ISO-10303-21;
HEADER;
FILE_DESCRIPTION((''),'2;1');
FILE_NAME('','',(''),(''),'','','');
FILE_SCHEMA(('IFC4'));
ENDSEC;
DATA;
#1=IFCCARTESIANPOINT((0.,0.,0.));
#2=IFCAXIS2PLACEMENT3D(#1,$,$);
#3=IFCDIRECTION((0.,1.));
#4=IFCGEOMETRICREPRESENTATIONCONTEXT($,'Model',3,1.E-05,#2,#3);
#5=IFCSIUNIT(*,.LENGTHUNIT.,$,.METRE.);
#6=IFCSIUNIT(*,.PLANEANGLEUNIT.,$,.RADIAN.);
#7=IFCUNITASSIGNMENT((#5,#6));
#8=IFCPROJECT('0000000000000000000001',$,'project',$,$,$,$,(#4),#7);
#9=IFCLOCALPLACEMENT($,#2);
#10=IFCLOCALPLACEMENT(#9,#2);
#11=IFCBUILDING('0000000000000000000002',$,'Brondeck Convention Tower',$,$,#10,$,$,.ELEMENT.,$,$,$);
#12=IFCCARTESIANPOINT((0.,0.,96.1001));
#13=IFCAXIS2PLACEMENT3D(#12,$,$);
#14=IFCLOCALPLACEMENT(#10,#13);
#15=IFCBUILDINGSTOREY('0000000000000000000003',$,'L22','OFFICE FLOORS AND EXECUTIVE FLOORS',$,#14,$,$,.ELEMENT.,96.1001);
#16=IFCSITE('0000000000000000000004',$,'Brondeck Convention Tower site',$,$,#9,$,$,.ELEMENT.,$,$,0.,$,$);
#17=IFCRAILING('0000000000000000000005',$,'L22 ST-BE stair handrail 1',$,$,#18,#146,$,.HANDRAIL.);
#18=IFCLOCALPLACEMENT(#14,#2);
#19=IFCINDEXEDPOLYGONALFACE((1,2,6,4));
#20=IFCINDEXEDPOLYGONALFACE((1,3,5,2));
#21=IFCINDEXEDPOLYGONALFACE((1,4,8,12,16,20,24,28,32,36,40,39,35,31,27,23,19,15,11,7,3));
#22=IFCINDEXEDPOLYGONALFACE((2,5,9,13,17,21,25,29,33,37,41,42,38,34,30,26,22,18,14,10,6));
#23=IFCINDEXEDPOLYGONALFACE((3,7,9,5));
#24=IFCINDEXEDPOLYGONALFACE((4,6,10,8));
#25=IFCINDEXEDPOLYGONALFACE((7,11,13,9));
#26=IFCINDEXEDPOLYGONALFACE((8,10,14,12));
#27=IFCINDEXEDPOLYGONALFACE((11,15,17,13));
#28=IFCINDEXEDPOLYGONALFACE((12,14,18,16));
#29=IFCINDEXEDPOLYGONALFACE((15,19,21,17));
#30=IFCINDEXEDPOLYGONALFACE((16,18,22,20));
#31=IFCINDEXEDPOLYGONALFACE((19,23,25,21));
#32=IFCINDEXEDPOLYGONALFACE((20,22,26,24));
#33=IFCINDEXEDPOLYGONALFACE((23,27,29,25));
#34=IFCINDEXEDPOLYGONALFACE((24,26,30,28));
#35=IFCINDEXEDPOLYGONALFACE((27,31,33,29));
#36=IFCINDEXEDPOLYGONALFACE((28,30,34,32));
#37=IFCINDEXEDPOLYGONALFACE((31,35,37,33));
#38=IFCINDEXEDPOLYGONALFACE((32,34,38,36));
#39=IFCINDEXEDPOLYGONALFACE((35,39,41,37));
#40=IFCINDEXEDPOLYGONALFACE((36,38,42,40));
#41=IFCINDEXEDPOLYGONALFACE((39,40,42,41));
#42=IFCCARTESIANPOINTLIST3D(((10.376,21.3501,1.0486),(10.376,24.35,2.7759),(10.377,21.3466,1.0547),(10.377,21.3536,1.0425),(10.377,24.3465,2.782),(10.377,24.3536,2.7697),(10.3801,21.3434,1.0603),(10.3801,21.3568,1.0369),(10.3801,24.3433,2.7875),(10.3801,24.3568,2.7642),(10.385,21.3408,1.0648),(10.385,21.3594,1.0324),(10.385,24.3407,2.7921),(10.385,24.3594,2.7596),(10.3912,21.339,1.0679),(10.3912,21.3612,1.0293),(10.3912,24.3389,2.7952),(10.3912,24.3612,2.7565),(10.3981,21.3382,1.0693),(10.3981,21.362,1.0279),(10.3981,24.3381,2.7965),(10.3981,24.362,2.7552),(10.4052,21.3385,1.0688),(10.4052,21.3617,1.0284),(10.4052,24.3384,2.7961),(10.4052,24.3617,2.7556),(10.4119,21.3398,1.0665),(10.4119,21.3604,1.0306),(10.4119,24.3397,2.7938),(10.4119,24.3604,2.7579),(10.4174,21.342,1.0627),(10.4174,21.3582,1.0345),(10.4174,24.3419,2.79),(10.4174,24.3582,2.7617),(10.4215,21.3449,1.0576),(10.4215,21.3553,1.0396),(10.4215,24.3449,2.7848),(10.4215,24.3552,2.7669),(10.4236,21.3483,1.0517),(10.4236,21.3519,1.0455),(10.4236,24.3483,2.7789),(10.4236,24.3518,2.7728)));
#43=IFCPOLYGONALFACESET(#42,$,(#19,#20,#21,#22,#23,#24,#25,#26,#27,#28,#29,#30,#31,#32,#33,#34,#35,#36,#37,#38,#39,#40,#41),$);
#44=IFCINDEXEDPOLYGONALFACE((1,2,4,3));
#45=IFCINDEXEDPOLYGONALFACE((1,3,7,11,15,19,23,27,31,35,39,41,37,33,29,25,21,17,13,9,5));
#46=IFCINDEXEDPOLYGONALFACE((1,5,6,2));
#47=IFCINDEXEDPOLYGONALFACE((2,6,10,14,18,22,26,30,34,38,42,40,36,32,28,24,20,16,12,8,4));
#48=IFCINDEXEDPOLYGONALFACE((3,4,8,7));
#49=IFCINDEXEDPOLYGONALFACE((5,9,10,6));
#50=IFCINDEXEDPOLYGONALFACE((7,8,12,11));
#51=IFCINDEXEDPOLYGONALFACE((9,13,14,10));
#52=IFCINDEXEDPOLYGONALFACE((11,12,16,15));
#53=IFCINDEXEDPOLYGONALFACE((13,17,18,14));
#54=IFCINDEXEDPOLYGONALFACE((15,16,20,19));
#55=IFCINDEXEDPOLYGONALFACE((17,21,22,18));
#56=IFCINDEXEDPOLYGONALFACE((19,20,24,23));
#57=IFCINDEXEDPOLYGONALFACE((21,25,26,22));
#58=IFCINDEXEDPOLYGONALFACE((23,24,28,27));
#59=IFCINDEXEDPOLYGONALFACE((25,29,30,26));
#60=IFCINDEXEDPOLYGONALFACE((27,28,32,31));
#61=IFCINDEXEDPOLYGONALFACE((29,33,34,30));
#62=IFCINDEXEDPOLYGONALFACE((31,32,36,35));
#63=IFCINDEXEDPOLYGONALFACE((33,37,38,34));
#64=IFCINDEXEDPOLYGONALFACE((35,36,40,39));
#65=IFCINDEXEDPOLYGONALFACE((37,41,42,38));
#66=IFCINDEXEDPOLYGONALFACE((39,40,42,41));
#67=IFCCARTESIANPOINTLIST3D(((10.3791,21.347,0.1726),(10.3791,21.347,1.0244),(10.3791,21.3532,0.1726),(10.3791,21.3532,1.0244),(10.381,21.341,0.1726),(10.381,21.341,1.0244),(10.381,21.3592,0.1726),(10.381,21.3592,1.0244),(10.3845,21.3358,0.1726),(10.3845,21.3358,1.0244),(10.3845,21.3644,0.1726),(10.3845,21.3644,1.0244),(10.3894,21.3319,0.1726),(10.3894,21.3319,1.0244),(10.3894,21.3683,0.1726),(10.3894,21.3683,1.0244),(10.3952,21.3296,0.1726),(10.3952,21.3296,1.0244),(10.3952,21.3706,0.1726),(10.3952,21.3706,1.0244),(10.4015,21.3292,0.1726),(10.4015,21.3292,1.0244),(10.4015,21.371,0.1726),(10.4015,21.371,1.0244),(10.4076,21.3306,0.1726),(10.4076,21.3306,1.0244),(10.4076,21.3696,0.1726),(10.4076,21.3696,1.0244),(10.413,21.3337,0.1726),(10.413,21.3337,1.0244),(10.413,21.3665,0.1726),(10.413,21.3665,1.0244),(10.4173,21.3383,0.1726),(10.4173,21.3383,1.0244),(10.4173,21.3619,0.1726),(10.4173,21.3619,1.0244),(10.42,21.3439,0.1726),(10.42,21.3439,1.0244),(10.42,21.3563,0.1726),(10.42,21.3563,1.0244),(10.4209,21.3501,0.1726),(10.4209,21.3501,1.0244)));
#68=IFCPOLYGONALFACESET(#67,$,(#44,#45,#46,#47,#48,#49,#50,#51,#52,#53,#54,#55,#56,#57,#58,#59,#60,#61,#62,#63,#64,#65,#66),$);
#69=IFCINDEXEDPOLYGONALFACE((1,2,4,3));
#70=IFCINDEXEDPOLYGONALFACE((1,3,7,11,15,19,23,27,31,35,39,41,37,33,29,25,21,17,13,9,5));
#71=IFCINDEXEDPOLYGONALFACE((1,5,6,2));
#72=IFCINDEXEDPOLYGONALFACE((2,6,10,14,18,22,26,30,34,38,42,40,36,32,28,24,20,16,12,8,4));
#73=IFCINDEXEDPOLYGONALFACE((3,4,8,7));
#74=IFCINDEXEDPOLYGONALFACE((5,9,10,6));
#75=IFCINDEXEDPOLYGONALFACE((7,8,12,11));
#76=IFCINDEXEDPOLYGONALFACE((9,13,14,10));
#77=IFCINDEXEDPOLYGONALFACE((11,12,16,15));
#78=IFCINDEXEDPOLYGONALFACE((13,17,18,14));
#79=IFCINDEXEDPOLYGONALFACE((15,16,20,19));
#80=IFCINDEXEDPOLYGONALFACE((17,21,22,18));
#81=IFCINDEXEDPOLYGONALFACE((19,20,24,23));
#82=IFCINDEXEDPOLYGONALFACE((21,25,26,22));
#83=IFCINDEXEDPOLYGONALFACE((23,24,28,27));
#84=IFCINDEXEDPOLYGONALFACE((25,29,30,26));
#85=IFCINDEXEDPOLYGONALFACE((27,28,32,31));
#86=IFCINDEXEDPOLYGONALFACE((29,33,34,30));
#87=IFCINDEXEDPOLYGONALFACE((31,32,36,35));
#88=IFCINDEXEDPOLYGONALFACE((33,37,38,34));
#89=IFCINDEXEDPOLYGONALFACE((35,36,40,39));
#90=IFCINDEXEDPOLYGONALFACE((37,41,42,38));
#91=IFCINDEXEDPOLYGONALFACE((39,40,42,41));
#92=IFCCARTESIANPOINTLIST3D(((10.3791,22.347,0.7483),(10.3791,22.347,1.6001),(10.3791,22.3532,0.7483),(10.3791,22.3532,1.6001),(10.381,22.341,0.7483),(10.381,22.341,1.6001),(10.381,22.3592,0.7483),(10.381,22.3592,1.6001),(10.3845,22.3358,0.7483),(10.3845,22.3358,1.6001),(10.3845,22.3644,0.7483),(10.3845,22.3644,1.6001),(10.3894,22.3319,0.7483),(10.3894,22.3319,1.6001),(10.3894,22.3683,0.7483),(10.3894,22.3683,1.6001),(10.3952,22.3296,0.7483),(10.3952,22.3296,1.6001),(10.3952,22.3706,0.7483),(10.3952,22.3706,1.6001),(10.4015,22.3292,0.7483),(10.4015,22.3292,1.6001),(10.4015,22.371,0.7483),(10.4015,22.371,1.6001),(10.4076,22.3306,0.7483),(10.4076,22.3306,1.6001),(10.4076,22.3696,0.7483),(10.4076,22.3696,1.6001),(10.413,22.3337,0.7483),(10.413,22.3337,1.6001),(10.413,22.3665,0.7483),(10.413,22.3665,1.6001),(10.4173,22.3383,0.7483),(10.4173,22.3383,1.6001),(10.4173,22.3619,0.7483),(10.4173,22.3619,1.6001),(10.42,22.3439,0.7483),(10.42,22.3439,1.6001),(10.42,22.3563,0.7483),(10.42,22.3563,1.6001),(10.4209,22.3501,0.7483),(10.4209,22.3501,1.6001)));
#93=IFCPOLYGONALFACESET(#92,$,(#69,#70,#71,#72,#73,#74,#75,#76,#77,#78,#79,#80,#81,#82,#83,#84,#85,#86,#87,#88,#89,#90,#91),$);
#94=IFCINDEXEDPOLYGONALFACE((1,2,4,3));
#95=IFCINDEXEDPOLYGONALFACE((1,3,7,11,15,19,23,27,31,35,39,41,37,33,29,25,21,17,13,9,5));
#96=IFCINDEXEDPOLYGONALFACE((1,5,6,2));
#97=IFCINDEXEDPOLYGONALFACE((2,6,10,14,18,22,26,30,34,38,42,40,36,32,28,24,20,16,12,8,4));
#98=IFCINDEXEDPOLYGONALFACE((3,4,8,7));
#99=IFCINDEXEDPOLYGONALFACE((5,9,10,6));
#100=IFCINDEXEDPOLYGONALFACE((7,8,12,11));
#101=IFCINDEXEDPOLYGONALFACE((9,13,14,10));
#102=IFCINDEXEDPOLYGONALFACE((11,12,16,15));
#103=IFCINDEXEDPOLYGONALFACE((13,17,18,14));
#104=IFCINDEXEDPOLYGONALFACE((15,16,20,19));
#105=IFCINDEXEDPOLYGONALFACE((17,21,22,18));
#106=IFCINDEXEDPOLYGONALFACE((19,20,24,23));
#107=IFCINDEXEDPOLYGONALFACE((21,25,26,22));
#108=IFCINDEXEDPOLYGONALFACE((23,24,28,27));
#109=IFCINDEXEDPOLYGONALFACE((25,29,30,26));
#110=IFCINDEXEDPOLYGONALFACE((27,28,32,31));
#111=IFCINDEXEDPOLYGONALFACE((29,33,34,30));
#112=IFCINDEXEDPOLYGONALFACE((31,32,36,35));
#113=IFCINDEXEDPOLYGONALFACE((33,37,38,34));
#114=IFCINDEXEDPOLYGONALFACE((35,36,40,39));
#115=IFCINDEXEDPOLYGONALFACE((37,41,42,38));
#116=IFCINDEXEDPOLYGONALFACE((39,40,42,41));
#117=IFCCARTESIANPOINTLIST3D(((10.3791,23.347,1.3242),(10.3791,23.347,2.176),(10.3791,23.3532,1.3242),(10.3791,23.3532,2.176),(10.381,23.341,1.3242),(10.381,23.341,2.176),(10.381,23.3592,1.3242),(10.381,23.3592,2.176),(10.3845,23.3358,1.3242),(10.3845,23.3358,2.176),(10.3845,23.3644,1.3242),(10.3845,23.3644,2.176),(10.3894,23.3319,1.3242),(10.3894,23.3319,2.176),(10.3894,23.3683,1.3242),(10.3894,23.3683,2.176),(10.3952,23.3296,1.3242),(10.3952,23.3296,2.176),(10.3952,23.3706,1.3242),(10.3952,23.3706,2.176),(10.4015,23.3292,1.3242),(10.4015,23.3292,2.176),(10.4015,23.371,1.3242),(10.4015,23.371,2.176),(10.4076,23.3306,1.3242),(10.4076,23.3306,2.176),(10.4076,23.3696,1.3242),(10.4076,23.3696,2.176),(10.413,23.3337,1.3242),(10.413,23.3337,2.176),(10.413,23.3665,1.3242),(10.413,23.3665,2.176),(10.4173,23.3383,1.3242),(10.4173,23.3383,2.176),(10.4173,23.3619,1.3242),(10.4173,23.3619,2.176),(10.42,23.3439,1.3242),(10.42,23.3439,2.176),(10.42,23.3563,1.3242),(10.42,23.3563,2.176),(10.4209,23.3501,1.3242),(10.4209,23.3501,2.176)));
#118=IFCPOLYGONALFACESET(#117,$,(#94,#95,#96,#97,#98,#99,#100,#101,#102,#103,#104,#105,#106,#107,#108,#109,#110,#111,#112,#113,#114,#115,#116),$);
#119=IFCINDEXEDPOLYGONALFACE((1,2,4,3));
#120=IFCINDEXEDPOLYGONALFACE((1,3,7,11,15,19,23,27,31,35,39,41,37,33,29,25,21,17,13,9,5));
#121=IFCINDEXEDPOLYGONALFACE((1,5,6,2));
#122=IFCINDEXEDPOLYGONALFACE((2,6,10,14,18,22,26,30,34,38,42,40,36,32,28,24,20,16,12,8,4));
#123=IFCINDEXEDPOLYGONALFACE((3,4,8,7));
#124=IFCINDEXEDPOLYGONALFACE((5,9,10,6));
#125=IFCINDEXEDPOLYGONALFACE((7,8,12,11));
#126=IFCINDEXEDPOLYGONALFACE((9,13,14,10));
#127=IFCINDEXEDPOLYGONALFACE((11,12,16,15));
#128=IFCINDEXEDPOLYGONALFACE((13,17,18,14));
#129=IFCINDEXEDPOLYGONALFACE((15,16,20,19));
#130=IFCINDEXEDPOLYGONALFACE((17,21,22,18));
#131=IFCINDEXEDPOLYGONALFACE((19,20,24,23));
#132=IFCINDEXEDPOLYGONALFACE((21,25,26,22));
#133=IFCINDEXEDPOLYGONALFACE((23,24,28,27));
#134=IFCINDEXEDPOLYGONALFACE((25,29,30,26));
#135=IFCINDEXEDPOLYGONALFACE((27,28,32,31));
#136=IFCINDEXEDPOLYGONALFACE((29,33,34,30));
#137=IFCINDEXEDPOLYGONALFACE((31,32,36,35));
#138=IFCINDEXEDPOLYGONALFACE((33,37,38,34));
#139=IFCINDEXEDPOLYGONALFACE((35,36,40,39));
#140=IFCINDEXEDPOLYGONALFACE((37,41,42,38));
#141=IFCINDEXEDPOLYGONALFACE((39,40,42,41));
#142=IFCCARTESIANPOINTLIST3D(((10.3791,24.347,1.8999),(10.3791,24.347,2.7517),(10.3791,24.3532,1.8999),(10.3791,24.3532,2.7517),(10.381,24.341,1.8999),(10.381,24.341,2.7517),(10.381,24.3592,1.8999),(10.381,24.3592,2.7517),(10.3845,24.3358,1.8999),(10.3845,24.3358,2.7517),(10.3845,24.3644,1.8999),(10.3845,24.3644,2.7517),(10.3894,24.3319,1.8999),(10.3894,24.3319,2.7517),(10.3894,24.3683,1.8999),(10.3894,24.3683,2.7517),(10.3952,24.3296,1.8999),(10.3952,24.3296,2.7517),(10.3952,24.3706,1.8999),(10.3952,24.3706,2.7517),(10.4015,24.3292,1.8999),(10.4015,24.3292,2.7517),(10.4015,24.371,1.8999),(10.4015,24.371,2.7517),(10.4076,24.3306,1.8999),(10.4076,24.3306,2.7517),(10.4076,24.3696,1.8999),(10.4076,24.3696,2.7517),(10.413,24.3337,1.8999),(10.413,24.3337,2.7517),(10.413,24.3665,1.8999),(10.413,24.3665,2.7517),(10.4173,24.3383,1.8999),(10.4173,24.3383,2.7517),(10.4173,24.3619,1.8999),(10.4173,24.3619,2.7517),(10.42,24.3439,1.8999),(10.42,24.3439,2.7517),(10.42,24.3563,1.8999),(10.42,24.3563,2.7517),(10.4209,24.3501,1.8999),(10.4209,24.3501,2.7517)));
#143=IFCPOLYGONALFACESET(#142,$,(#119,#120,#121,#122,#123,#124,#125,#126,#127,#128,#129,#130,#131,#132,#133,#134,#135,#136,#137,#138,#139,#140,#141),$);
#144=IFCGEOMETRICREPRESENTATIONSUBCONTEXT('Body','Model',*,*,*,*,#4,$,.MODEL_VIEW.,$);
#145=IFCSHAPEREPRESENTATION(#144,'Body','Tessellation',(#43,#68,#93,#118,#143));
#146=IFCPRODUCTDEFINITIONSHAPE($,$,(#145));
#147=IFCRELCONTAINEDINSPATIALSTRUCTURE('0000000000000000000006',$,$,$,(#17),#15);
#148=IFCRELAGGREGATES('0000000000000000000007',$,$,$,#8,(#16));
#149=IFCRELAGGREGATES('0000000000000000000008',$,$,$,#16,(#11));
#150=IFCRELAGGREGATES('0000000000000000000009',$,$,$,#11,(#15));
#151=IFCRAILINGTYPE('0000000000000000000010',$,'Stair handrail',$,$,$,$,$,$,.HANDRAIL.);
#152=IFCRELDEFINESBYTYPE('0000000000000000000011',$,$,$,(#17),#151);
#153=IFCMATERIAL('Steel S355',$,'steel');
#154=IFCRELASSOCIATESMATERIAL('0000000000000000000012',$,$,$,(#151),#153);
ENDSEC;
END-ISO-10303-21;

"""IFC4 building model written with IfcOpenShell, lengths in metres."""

from ifc_helpers import new_model, si_unit, direction, frame, origin, origin_2d, place, context, subcontext, project, spatial, circle, extrude, material, type_object, element, save


model = new_model("IFC4")

# Units and contexts
model_context = context("Model", 3, precision=1e-05, world=origin(), true_north=direction((0.0, 1.0)))
body_context = subcontext(model_context, "Body", "Model", "MODEL_VIEW")
ifc_project = project(units=[si_unit("LENGTHUNIT", "METRE"), si_unit("PLANEANGLEUNIT", "RADIAN")], contexts=[model_context])

# Site, building, storey
site_placement = place(None, origin())
site = spatial("IfcSite", under=ifc_project, at=site_placement, Name="Brondeck Convention Tower site", CompositionType="ELEMENT", RefElevation=0.0)
building_placement = place(site_placement, origin())
building = spatial("IfcBuilding", under=site, at=building_placement, Name="Brondeck Convention Tower", CompositionType="ELEMENT")
storey_placement = place(building_placement, frame((0.0, 0.0, 96.1001)))
storey = spatial("IfcBuildingStorey", under=building, at=storey_placement, Name="L22", Description="OFFICE FLOORS AND EXECUTIVE FLOORS", CompositionType="ELEMENT", Elevation=96.1001)

# Shared definitions
ifc_material_1 = material(Name="Steel S355", Category="steel")

# Railing
railing_type_1 = type_object("IfcRailingType", Name="Stair handrail", PredefinedType="HANDRAIL", material=ifc_material_1)
railing_1_placement = place(storey_placement, frame((10.3999, 21.3501, 0.1726)))
element("IfcRailing", 1, at=railing_1_placement, inside=storey, type_object=railing_type_1, Name="L22 ST-BE stair handrail 1", PredefinedType="HANDRAIL", context=body_context, shape_type="SweptSolid", body=[
    extrude(circle(Radius=0.0239, at=origin_2d()), frame((0.0, 0.0, 0.876), z_axis=(0.0, 0.86662, 0.498969), x_axis=(-1.0, 0.0, 0.0)), (0.0, 0.0, 1.0), 3.4617),
    extrude(circle(Radius=0.021, at=origin_2d()), origin(), (0.0, 0.0, 1.0), 0.8518),
    extrude(circle(Radius=0.021, at=origin_2d()), frame((0.0, 1.0, 0.5757)), (0.0, 0.0, 1.0), 0.8518),
    extrude(circle(Radius=0.021, at=origin_2d()), frame((0.0, 2.0, 1.1516)), (0.0, 0.0, 1.0), 0.8518),
    extrude(circle(Radius=0.021, at=origin_2d()), frame((0.0, 3.0, 1.7273)), (0.0, 0.0, 1.0), 0.8518),
])

save(model, "model.ifc")
